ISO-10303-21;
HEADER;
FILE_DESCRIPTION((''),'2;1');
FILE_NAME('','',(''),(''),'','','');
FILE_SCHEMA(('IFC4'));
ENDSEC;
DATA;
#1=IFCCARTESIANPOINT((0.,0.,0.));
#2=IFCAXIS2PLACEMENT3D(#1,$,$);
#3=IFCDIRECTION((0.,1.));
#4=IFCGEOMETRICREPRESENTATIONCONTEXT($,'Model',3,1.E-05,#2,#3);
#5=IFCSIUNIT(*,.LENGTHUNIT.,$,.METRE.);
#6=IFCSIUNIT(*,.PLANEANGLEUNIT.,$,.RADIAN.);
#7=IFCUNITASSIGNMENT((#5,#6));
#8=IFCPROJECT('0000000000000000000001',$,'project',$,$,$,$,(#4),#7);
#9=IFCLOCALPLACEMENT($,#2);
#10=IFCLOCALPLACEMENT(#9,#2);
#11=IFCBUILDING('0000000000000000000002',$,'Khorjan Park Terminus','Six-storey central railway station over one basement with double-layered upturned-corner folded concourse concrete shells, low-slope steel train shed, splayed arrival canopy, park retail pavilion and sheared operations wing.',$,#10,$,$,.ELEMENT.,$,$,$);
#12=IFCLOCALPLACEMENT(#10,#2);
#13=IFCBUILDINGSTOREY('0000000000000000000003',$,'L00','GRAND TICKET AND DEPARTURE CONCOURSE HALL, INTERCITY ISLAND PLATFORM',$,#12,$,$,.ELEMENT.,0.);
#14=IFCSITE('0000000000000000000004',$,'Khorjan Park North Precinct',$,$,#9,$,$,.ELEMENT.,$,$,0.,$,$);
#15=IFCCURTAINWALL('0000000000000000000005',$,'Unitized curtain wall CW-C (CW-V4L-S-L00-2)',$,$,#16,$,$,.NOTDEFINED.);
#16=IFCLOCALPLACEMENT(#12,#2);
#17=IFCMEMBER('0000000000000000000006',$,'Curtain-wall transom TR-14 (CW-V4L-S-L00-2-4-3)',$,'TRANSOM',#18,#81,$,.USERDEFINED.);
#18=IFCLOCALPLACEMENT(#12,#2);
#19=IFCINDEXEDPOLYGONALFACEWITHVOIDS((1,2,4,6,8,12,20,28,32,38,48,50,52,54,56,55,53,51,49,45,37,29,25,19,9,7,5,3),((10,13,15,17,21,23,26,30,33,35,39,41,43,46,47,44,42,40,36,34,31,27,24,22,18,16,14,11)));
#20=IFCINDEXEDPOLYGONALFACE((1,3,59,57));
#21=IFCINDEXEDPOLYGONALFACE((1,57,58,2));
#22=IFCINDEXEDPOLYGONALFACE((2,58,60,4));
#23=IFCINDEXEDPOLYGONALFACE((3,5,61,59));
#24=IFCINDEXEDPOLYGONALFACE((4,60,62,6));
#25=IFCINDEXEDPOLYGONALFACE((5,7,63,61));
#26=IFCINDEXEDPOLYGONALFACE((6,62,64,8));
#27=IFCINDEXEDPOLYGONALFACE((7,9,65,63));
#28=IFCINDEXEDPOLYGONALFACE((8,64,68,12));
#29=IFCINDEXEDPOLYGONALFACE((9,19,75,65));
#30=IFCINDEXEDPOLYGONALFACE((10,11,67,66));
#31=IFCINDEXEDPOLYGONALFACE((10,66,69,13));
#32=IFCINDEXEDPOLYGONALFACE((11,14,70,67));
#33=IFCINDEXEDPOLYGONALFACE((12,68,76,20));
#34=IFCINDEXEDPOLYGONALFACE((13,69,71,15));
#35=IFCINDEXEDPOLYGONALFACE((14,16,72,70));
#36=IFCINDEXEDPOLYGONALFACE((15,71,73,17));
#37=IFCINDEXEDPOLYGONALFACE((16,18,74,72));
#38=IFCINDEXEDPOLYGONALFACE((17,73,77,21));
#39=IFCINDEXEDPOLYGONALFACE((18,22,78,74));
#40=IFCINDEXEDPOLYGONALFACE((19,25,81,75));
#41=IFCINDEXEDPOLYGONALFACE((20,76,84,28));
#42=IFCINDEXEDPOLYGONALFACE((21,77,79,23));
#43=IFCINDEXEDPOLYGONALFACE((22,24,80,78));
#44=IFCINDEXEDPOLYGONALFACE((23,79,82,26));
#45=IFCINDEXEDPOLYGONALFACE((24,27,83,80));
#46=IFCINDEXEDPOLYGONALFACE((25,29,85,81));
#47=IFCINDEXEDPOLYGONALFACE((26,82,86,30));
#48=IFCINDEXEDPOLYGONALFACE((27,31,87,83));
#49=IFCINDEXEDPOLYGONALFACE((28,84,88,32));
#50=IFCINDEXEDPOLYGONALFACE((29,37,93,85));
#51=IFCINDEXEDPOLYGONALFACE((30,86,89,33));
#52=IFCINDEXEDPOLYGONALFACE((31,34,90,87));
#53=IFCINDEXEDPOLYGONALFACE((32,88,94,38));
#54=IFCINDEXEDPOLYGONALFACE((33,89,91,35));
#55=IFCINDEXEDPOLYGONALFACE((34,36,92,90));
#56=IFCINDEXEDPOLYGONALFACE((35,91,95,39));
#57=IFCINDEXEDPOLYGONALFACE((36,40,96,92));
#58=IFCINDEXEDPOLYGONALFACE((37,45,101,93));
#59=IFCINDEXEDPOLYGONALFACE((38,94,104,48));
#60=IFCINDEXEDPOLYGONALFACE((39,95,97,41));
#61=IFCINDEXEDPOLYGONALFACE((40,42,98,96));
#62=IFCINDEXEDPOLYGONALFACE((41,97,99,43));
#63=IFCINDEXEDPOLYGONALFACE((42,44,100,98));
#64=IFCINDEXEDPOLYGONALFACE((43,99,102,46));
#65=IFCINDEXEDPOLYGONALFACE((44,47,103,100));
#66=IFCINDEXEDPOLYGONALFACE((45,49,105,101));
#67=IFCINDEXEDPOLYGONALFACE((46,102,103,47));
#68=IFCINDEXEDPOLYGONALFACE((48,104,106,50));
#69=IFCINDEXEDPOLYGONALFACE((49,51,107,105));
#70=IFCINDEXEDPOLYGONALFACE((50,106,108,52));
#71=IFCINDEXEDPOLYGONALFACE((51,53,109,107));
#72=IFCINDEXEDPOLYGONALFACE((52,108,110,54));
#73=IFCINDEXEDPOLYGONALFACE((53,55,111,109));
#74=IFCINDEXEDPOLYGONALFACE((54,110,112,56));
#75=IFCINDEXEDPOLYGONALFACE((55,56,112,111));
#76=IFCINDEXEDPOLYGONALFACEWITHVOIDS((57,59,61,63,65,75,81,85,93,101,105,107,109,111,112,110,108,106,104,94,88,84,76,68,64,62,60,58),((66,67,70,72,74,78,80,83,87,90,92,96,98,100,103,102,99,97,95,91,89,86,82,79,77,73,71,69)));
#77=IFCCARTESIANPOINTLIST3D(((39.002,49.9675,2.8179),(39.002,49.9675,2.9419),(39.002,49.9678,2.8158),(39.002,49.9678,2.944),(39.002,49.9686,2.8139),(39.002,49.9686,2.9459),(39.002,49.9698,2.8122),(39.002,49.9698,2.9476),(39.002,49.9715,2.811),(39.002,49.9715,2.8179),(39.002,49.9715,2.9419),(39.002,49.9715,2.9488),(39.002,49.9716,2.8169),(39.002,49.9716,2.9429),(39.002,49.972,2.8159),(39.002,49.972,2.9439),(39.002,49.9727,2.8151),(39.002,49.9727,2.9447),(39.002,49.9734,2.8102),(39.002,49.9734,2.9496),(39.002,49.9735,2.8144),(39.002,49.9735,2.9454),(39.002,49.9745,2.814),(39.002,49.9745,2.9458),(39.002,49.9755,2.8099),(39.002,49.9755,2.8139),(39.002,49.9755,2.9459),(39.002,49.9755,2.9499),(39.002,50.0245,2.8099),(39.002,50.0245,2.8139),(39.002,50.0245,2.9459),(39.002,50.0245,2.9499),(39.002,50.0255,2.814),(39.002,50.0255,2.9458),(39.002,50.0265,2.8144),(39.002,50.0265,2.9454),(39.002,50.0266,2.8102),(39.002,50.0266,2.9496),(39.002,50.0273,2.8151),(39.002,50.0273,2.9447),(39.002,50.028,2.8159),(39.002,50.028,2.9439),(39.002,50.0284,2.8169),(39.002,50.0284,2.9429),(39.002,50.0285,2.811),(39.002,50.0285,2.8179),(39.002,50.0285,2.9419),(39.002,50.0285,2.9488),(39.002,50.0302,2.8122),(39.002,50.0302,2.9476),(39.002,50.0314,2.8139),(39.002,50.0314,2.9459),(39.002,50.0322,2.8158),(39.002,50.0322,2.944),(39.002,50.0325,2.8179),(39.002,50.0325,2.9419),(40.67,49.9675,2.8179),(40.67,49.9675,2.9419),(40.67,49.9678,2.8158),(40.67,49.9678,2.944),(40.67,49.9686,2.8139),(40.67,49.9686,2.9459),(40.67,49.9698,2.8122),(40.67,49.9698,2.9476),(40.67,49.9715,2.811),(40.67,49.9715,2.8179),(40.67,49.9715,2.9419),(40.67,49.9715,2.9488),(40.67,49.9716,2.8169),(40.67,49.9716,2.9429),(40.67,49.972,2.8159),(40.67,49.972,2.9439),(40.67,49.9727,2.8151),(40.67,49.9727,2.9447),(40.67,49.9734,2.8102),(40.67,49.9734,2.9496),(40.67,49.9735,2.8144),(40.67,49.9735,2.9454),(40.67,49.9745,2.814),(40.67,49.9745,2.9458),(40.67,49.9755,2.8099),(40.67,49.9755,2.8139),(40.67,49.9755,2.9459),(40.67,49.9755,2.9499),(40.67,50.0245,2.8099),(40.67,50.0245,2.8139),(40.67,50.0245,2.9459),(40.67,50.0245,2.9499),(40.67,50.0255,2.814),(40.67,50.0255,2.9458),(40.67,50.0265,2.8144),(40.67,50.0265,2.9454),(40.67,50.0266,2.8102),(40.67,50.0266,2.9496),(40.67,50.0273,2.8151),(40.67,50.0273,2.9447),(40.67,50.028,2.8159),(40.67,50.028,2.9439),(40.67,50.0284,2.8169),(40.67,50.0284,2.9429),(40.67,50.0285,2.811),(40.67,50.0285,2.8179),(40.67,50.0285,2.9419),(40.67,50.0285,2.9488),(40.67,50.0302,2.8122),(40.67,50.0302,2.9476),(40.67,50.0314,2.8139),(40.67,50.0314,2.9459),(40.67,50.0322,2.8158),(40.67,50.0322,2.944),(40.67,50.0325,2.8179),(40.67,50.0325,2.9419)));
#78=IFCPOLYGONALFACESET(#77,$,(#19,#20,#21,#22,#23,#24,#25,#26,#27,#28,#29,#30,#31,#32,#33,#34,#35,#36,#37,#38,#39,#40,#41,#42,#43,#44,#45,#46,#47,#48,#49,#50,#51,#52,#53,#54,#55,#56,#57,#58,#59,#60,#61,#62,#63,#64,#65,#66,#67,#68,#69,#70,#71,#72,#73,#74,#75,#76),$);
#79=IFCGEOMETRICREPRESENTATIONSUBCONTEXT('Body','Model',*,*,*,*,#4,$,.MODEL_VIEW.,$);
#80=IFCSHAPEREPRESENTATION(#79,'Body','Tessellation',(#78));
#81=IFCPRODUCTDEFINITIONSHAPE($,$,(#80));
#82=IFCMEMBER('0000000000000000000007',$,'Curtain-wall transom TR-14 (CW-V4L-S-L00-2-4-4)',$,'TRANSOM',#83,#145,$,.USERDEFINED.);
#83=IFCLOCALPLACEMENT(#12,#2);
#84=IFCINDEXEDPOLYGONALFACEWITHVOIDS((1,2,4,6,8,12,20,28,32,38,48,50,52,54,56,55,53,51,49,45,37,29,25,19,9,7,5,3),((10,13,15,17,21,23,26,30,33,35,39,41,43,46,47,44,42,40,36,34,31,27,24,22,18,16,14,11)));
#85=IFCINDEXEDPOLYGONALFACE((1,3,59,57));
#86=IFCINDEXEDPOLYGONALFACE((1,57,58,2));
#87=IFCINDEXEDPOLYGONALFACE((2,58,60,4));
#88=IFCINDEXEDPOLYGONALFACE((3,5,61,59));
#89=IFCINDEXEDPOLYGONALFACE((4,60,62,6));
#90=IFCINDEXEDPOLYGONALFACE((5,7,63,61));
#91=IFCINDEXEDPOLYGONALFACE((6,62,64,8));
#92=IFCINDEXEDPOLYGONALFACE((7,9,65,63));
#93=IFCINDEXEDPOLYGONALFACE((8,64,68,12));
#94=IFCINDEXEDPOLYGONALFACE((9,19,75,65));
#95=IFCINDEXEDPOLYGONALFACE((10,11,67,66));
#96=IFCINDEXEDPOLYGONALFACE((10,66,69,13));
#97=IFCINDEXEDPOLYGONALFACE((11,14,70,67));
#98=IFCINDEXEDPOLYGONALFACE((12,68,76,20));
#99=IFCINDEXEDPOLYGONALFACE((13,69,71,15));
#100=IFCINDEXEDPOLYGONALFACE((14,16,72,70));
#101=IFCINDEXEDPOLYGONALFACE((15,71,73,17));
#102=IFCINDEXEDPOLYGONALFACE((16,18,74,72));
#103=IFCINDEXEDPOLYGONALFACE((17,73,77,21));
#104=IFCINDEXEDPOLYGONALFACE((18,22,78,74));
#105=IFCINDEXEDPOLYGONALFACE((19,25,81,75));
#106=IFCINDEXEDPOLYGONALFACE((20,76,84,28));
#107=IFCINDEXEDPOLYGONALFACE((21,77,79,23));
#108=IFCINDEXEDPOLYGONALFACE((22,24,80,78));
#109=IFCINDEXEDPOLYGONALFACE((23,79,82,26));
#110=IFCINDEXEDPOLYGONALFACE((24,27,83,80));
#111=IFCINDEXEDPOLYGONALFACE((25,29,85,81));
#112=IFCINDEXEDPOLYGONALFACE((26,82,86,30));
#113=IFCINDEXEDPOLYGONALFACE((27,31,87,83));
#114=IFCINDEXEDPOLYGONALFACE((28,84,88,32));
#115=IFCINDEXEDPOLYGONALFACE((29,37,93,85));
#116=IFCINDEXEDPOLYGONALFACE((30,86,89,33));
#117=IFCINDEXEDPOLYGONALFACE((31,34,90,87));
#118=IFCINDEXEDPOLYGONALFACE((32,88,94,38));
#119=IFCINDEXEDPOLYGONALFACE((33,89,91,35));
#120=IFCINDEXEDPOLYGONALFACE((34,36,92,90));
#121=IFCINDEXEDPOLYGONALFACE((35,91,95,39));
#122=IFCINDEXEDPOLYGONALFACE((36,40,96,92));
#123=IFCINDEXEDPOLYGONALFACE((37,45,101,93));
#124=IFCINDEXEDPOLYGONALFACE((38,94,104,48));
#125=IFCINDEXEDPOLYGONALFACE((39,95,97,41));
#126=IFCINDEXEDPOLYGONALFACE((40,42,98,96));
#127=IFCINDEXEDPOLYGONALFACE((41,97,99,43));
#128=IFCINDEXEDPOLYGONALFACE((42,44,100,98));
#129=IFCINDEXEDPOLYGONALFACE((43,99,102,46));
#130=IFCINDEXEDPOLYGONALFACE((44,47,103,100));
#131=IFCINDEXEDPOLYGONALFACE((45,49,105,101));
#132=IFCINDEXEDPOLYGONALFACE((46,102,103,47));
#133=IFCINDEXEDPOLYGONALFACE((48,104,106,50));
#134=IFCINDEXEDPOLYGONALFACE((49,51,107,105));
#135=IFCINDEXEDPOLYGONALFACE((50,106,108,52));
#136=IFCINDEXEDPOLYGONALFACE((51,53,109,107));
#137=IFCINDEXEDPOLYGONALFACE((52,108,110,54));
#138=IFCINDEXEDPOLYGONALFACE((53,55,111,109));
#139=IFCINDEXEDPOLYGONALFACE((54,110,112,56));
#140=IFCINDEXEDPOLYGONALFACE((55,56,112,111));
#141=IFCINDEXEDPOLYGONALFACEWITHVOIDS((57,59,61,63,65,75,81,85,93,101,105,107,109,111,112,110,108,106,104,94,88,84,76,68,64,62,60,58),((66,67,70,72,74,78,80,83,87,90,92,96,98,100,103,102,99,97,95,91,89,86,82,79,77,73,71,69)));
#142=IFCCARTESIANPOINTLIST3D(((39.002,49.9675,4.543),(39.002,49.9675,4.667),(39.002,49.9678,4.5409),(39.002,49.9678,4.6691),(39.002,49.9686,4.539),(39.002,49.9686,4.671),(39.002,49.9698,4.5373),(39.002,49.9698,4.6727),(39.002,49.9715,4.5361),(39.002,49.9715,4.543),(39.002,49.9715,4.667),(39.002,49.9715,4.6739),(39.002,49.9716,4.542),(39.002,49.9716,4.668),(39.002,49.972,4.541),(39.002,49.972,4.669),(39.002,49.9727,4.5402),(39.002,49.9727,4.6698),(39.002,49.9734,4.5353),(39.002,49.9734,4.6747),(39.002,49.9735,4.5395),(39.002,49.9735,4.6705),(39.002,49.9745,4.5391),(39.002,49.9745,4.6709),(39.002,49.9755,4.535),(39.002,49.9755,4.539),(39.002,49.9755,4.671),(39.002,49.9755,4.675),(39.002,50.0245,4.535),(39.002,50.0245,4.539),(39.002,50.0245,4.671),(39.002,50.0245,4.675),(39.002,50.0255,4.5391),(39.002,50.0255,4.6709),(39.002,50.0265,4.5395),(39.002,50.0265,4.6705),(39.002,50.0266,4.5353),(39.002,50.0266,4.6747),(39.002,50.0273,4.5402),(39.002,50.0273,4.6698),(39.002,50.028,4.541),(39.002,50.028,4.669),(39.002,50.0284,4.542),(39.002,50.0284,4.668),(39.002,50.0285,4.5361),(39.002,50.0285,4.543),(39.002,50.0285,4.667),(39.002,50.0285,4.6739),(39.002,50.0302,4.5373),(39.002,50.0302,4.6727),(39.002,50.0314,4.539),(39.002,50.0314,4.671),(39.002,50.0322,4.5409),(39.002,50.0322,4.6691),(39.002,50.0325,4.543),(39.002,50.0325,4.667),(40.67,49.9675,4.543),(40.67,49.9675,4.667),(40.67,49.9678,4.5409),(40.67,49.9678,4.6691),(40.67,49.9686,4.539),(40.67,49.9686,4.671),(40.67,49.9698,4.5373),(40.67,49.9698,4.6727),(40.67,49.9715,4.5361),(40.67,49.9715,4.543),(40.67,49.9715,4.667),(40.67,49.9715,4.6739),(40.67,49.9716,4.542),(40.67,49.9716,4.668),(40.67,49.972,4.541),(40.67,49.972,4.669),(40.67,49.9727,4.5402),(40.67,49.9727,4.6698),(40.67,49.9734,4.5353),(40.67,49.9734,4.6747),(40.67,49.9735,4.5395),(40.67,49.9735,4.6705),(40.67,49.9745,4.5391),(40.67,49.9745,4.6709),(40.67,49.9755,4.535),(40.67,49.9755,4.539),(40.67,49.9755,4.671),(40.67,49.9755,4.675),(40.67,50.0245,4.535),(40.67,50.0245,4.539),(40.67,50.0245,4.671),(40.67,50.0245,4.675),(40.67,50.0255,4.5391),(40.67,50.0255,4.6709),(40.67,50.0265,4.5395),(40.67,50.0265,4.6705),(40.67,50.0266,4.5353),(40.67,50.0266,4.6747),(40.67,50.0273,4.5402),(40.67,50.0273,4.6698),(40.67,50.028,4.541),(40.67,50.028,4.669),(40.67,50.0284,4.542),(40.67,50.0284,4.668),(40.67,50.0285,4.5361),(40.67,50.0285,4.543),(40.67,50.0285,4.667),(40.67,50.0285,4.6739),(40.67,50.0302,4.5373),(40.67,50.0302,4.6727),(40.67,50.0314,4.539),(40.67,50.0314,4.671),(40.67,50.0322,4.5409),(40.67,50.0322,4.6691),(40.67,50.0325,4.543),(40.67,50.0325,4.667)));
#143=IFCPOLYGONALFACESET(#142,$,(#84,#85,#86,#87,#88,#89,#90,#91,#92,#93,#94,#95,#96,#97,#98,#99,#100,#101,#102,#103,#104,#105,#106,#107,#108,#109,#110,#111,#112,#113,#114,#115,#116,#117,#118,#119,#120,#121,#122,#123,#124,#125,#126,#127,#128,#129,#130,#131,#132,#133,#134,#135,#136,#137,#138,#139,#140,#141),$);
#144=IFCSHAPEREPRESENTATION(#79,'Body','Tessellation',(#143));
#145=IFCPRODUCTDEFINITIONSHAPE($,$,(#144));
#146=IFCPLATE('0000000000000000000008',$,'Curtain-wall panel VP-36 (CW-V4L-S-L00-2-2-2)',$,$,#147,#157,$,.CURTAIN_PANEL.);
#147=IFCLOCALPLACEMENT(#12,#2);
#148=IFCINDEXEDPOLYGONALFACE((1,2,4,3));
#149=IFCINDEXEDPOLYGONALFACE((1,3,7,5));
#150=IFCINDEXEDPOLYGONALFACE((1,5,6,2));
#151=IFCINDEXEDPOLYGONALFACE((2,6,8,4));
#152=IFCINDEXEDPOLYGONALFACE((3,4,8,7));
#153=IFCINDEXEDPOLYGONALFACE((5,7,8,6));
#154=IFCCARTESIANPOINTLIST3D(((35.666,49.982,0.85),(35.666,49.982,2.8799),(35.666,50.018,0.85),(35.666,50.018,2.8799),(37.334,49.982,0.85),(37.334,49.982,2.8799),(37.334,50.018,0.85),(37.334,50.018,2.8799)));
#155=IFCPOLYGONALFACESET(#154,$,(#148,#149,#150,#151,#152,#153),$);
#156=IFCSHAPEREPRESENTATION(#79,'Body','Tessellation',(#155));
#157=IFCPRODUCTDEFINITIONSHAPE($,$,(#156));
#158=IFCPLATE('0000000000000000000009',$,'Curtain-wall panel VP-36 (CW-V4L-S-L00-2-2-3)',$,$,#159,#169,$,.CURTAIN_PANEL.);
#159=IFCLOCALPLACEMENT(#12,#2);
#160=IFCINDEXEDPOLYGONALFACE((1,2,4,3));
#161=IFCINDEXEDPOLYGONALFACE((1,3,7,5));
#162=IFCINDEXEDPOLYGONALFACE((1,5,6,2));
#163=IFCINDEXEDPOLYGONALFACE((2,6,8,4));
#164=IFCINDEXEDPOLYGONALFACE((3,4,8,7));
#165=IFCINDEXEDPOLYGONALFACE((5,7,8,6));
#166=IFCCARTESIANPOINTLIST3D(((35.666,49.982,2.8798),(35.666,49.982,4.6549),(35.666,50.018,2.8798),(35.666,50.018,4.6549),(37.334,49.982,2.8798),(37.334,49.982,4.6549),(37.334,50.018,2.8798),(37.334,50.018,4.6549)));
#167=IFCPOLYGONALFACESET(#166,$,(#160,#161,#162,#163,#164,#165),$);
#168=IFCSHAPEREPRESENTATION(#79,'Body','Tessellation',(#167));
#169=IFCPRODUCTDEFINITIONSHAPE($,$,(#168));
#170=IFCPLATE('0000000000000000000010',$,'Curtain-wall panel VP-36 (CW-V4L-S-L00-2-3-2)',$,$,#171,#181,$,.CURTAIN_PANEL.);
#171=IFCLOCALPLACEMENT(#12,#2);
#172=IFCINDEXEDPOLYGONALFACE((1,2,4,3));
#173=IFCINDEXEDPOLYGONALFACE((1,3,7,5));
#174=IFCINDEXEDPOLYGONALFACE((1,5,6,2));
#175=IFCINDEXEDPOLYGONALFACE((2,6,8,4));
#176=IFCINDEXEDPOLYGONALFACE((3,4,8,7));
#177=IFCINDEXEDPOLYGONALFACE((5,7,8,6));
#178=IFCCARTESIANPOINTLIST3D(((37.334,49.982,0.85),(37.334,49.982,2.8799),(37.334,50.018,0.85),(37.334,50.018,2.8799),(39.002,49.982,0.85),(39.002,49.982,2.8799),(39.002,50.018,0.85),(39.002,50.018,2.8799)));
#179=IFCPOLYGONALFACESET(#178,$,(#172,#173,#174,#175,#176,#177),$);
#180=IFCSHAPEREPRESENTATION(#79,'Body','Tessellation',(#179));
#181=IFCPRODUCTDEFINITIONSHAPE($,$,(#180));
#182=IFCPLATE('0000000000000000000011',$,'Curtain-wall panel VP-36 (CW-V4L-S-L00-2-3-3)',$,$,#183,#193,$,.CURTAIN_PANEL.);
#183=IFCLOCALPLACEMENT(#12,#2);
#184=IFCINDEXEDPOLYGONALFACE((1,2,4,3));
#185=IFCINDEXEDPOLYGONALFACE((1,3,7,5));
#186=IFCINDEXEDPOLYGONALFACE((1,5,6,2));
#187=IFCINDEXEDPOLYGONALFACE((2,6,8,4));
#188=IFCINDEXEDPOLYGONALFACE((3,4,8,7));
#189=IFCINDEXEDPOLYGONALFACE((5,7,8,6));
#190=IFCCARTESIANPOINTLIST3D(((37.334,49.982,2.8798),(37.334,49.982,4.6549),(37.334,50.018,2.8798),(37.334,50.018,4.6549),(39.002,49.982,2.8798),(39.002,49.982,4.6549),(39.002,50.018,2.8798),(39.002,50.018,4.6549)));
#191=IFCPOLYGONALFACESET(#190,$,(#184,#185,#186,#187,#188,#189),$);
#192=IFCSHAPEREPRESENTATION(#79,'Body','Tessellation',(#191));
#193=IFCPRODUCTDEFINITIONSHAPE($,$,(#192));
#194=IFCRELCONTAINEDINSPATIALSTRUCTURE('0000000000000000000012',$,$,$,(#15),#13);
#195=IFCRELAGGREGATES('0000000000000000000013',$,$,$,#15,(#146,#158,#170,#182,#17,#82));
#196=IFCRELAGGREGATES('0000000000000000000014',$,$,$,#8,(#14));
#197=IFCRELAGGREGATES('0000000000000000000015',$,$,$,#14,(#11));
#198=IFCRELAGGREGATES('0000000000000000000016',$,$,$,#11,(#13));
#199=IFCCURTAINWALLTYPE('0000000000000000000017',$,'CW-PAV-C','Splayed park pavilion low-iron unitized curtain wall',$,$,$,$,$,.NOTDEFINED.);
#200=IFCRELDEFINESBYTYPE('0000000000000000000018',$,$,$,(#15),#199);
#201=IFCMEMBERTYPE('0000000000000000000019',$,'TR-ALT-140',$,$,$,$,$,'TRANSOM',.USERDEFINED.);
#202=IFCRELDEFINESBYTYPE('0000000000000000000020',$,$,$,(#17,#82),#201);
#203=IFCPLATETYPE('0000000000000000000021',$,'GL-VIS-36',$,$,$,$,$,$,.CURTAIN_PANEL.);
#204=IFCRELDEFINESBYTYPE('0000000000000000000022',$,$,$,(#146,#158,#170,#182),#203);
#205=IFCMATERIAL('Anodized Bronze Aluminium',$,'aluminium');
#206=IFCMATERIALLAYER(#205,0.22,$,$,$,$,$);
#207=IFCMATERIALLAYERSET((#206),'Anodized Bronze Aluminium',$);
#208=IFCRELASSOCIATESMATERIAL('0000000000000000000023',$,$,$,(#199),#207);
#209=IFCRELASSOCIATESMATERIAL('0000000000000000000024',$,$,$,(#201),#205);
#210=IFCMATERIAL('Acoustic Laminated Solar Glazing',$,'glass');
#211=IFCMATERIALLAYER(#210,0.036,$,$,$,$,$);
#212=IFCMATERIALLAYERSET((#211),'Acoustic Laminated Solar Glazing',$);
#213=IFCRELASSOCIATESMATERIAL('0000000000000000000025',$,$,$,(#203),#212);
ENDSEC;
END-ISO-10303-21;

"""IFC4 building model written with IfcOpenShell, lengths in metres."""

from ifc_helpers import new_model, si_unit, direction, frame, origin, origin_2d, place, context, subcontext, project, spatial, rectangle, hollow_rectangle, extrude, material, layer, layer_set, material_profile, profile_set, type_object, element, aggregate, save


model = new_model("IFC4")

# Units and contexts
model_context = context("Model", 3, precision=1e-05, world=origin(), true_north=direction((0.0, 1.0)))
body_context = subcontext(model_context, "Body", "Model", "MODEL_VIEW")
ifc_project = project(units=[si_unit("LENGTHUNIT", "METRE"), si_unit("PLANEANGLEUNIT", "RADIAN")], contexts=[model_context])

# Site, building, storey
site_placement = place(None, origin())
site = spatial("IfcSite", under=ifc_project, at=site_placement, Name="Khorjan Park North Precinct", CompositionType="ELEMENT", RefElevation=0.0)
building_placement = place(site_placement, origin())
building = spatial("IfcBuilding", under=site, at=building_placement, Name="Khorjan Park Terminus", Description="Six-storey central railway station over one basement with double-layered upturned-corner folded concourse concrete shells, low-slope steel train shed, splayed arrival canopy, park retail pavilion and sheared operations wing.", CompositionType="ELEMENT")
storey_placement = place(building_placement, origin())
storey = spatial("IfcBuildingStorey", under=building, at=storey_placement, Name="L00", Description="GRAND TICKET AND DEPARTURE CONCOURSE HALL, INTERCITY ISLAND PLATFORM", CompositionType="ELEMENT", Elevation=0.0)

# Curtain wall, members, plates
ifc_material_1 = material(Name="Anodized Bronze Aluminium", Category="aluminium")
ifc_layer_1 = layer(ifc_material_1, 0.22)
ifc_layer_set_1 = layer_set([ifc_layer_1], Name="Anodized Bronze Aluminium")
curtain_wall_type = type_object("IfcCurtainWallType", Name="CW-PAV-C", Description="Splayed park pavilion low-iron unitized curtain wall", PredefinedType="NOTDEFINED", material=ifc_layer_set_1)
curtain_wall_placement = place(storey_placement, origin())
curtain_wall = element("IfcCurtainWall", 1, at=curtain_wall_placement, inside=storey, type_object=curtain_wall_type, Name="Unitized curtain wall CW-C (CW-V4L-S-L00-2)", PredefinedType="NOTDEFINED")
ifc_material_profile_1 = material_profile(ifc_material_1, hollow_rectangle(XDim=0.065, YDim=0.14, WallThickness=0.004, InnerFilletRadius=0.004, OuterFilletRadius=0.008, at=origin_2d()), Name="ALT 65x140x4")
ifc_profile_set_1 = profile_set([ifc_material_profile_1], Name="Anodized Bronze Aluminium")
member_type_1 = type_object("IfcMemberType", Name="TR-ALT-140", ElementType="TRANSOM", PredefinedType="USERDEFINED", material=ifc_profile_set_1)
member_1_placement = place(storey_placement, frame((39.002, 50.0, 2.8799), z_axis=(1.0, 0.0, 0.0), x_axis=(0.0, 1.0, 0.0)))
member_1 = element("IfcMember", 2, at=member_1_placement, type_object=member_type_1, Name="Curtain-wall transom TR-14 (CW-V4L-S-L00-2-4-3)", ObjectType="TRANSOM", PredefinedType="USERDEFINED", context=body_context, shape_type="SweptSolid", body=[
    extrude(hollow_rectangle(XDim=0.065, YDim=0.14, WallThickness=0.004, InnerFilletRadius=0.004, OuterFilletRadius=0.008, at=origin_2d()), origin(), (0.0, 0.0, 1.0), 1.668),
])
member_2_placement = place(storey_placement, frame((39.002, 50.0, 4.605), z_axis=(1.0, 0.0, 0.0), x_axis=(0.0, 1.0, 0.0)))
member_2 = element("IfcMember", 3, at=member_2_placement, type_object=member_type_1, Name="Curtain-wall transom TR-14 (CW-V4L-S-L00-2-4-4)", ObjectType="TRANSOM", PredefinedType="USERDEFINED", context=body_context, shape_type="SweptSolid", body=[
    extrude(hollow_rectangle(XDim=0.065, YDim=0.14, WallThickness=0.004, InnerFilletRadius=0.004, OuterFilletRadius=0.008, at=origin_2d()), origin(), (0.0, 0.0, 1.0), 1.668),
])
ifc_material_2 = material(Name="Acoustic Laminated Solar Glazing", Category="glass")
ifc_layer_2 = layer(ifc_material_2, 0.036)
ifc_layer_set_2 = layer_set([ifc_layer_2], Name="Acoustic Laminated Solar Glazing")
plate_type_1 = type_object("IfcPlateType", Name="GL-VIS-36", PredefinedType="CURTAIN_PANEL", material=ifc_layer_set_2)
plate_1_placement = place(storey_placement, frame((36.5, 50.0, 0.85), z_axis=(0.0, 0.0, 1.0), x_axis=(1.0, 0.0, 0.0)))
plate_1 = element("IfcPlate", 4, at=plate_1_placement, type_object=plate_type_1, Name="Curtain-wall panel VP-36 (CW-V4L-S-L00-2-2-2)", PredefinedType="CURTAIN_PANEL", context=body_context, shape_type="SweptSolid", body=[
    extrude(rectangle(XDim=1.668, YDim=0.036, at=origin_2d()), origin(), (0.0, 0.0, 1.0), 2.0299),
])
plate_2_placement = place(storey_placement, frame((36.5, 50.0, 2.8798), z_axis=(0.0, 0.0, 1.0), x_axis=(1.0, 0.0, 0.0)))
plate_2 = element("IfcPlate", 5, at=plate_2_placement, type_object=plate_type_1, Name="Curtain-wall panel VP-36 (CW-V4L-S-L00-2-2-3)", PredefinedType="CURTAIN_PANEL", context=body_context, shape_type="SweptSolid", body=[
    extrude(rectangle(XDim=1.668, YDim=0.036, at=origin_2d()), origin(), (0.0, 0.0, 1.0), 1.7751),
])
plate_3_placement = place(storey_placement, frame((38.168, 50.0, 0.85), z_axis=(0.0, 0.0, 1.0), x_axis=(1.0, 0.0, 0.0)))
plate_3 = element("IfcPlate", 6, at=plate_3_placement, type_object=plate_type_1, Name="Curtain-wall panel VP-36 (CW-V4L-S-L00-2-3-2)", PredefinedType="CURTAIN_PANEL", context=body_context, shape_type="SweptSolid", body=[
    extrude(rectangle(XDim=1.668, YDim=0.036, at=origin_2d()), origin(), (0.0, 0.0, 1.0), 2.0299),
])
plate_4_placement = place(storey_placement, frame((38.168, 50.0, 2.8798), z_axis=(0.0, 0.0, 1.0), x_axis=(1.0, 0.0, 0.0)))
plate_4 = element("IfcPlate", 7, at=plate_4_placement, type_object=plate_type_1, Name="Curtain-wall panel VP-36 (CW-V4L-S-L00-2-3-3)", PredefinedType="CURTAIN_PANEL", context=body_context, shape_type="SweptSolid", body=[
    extrude(rectangle(XDim=1.668, YDim=0.036, at=origin_2d()), origin(), (0.0, 0.0, 1.0), 1.7751),
])
aggregate(curtain_wall, [plate_1, plate_2, plate_3, plate_4, member_1, member_2])

save(model, "model.ifc")
